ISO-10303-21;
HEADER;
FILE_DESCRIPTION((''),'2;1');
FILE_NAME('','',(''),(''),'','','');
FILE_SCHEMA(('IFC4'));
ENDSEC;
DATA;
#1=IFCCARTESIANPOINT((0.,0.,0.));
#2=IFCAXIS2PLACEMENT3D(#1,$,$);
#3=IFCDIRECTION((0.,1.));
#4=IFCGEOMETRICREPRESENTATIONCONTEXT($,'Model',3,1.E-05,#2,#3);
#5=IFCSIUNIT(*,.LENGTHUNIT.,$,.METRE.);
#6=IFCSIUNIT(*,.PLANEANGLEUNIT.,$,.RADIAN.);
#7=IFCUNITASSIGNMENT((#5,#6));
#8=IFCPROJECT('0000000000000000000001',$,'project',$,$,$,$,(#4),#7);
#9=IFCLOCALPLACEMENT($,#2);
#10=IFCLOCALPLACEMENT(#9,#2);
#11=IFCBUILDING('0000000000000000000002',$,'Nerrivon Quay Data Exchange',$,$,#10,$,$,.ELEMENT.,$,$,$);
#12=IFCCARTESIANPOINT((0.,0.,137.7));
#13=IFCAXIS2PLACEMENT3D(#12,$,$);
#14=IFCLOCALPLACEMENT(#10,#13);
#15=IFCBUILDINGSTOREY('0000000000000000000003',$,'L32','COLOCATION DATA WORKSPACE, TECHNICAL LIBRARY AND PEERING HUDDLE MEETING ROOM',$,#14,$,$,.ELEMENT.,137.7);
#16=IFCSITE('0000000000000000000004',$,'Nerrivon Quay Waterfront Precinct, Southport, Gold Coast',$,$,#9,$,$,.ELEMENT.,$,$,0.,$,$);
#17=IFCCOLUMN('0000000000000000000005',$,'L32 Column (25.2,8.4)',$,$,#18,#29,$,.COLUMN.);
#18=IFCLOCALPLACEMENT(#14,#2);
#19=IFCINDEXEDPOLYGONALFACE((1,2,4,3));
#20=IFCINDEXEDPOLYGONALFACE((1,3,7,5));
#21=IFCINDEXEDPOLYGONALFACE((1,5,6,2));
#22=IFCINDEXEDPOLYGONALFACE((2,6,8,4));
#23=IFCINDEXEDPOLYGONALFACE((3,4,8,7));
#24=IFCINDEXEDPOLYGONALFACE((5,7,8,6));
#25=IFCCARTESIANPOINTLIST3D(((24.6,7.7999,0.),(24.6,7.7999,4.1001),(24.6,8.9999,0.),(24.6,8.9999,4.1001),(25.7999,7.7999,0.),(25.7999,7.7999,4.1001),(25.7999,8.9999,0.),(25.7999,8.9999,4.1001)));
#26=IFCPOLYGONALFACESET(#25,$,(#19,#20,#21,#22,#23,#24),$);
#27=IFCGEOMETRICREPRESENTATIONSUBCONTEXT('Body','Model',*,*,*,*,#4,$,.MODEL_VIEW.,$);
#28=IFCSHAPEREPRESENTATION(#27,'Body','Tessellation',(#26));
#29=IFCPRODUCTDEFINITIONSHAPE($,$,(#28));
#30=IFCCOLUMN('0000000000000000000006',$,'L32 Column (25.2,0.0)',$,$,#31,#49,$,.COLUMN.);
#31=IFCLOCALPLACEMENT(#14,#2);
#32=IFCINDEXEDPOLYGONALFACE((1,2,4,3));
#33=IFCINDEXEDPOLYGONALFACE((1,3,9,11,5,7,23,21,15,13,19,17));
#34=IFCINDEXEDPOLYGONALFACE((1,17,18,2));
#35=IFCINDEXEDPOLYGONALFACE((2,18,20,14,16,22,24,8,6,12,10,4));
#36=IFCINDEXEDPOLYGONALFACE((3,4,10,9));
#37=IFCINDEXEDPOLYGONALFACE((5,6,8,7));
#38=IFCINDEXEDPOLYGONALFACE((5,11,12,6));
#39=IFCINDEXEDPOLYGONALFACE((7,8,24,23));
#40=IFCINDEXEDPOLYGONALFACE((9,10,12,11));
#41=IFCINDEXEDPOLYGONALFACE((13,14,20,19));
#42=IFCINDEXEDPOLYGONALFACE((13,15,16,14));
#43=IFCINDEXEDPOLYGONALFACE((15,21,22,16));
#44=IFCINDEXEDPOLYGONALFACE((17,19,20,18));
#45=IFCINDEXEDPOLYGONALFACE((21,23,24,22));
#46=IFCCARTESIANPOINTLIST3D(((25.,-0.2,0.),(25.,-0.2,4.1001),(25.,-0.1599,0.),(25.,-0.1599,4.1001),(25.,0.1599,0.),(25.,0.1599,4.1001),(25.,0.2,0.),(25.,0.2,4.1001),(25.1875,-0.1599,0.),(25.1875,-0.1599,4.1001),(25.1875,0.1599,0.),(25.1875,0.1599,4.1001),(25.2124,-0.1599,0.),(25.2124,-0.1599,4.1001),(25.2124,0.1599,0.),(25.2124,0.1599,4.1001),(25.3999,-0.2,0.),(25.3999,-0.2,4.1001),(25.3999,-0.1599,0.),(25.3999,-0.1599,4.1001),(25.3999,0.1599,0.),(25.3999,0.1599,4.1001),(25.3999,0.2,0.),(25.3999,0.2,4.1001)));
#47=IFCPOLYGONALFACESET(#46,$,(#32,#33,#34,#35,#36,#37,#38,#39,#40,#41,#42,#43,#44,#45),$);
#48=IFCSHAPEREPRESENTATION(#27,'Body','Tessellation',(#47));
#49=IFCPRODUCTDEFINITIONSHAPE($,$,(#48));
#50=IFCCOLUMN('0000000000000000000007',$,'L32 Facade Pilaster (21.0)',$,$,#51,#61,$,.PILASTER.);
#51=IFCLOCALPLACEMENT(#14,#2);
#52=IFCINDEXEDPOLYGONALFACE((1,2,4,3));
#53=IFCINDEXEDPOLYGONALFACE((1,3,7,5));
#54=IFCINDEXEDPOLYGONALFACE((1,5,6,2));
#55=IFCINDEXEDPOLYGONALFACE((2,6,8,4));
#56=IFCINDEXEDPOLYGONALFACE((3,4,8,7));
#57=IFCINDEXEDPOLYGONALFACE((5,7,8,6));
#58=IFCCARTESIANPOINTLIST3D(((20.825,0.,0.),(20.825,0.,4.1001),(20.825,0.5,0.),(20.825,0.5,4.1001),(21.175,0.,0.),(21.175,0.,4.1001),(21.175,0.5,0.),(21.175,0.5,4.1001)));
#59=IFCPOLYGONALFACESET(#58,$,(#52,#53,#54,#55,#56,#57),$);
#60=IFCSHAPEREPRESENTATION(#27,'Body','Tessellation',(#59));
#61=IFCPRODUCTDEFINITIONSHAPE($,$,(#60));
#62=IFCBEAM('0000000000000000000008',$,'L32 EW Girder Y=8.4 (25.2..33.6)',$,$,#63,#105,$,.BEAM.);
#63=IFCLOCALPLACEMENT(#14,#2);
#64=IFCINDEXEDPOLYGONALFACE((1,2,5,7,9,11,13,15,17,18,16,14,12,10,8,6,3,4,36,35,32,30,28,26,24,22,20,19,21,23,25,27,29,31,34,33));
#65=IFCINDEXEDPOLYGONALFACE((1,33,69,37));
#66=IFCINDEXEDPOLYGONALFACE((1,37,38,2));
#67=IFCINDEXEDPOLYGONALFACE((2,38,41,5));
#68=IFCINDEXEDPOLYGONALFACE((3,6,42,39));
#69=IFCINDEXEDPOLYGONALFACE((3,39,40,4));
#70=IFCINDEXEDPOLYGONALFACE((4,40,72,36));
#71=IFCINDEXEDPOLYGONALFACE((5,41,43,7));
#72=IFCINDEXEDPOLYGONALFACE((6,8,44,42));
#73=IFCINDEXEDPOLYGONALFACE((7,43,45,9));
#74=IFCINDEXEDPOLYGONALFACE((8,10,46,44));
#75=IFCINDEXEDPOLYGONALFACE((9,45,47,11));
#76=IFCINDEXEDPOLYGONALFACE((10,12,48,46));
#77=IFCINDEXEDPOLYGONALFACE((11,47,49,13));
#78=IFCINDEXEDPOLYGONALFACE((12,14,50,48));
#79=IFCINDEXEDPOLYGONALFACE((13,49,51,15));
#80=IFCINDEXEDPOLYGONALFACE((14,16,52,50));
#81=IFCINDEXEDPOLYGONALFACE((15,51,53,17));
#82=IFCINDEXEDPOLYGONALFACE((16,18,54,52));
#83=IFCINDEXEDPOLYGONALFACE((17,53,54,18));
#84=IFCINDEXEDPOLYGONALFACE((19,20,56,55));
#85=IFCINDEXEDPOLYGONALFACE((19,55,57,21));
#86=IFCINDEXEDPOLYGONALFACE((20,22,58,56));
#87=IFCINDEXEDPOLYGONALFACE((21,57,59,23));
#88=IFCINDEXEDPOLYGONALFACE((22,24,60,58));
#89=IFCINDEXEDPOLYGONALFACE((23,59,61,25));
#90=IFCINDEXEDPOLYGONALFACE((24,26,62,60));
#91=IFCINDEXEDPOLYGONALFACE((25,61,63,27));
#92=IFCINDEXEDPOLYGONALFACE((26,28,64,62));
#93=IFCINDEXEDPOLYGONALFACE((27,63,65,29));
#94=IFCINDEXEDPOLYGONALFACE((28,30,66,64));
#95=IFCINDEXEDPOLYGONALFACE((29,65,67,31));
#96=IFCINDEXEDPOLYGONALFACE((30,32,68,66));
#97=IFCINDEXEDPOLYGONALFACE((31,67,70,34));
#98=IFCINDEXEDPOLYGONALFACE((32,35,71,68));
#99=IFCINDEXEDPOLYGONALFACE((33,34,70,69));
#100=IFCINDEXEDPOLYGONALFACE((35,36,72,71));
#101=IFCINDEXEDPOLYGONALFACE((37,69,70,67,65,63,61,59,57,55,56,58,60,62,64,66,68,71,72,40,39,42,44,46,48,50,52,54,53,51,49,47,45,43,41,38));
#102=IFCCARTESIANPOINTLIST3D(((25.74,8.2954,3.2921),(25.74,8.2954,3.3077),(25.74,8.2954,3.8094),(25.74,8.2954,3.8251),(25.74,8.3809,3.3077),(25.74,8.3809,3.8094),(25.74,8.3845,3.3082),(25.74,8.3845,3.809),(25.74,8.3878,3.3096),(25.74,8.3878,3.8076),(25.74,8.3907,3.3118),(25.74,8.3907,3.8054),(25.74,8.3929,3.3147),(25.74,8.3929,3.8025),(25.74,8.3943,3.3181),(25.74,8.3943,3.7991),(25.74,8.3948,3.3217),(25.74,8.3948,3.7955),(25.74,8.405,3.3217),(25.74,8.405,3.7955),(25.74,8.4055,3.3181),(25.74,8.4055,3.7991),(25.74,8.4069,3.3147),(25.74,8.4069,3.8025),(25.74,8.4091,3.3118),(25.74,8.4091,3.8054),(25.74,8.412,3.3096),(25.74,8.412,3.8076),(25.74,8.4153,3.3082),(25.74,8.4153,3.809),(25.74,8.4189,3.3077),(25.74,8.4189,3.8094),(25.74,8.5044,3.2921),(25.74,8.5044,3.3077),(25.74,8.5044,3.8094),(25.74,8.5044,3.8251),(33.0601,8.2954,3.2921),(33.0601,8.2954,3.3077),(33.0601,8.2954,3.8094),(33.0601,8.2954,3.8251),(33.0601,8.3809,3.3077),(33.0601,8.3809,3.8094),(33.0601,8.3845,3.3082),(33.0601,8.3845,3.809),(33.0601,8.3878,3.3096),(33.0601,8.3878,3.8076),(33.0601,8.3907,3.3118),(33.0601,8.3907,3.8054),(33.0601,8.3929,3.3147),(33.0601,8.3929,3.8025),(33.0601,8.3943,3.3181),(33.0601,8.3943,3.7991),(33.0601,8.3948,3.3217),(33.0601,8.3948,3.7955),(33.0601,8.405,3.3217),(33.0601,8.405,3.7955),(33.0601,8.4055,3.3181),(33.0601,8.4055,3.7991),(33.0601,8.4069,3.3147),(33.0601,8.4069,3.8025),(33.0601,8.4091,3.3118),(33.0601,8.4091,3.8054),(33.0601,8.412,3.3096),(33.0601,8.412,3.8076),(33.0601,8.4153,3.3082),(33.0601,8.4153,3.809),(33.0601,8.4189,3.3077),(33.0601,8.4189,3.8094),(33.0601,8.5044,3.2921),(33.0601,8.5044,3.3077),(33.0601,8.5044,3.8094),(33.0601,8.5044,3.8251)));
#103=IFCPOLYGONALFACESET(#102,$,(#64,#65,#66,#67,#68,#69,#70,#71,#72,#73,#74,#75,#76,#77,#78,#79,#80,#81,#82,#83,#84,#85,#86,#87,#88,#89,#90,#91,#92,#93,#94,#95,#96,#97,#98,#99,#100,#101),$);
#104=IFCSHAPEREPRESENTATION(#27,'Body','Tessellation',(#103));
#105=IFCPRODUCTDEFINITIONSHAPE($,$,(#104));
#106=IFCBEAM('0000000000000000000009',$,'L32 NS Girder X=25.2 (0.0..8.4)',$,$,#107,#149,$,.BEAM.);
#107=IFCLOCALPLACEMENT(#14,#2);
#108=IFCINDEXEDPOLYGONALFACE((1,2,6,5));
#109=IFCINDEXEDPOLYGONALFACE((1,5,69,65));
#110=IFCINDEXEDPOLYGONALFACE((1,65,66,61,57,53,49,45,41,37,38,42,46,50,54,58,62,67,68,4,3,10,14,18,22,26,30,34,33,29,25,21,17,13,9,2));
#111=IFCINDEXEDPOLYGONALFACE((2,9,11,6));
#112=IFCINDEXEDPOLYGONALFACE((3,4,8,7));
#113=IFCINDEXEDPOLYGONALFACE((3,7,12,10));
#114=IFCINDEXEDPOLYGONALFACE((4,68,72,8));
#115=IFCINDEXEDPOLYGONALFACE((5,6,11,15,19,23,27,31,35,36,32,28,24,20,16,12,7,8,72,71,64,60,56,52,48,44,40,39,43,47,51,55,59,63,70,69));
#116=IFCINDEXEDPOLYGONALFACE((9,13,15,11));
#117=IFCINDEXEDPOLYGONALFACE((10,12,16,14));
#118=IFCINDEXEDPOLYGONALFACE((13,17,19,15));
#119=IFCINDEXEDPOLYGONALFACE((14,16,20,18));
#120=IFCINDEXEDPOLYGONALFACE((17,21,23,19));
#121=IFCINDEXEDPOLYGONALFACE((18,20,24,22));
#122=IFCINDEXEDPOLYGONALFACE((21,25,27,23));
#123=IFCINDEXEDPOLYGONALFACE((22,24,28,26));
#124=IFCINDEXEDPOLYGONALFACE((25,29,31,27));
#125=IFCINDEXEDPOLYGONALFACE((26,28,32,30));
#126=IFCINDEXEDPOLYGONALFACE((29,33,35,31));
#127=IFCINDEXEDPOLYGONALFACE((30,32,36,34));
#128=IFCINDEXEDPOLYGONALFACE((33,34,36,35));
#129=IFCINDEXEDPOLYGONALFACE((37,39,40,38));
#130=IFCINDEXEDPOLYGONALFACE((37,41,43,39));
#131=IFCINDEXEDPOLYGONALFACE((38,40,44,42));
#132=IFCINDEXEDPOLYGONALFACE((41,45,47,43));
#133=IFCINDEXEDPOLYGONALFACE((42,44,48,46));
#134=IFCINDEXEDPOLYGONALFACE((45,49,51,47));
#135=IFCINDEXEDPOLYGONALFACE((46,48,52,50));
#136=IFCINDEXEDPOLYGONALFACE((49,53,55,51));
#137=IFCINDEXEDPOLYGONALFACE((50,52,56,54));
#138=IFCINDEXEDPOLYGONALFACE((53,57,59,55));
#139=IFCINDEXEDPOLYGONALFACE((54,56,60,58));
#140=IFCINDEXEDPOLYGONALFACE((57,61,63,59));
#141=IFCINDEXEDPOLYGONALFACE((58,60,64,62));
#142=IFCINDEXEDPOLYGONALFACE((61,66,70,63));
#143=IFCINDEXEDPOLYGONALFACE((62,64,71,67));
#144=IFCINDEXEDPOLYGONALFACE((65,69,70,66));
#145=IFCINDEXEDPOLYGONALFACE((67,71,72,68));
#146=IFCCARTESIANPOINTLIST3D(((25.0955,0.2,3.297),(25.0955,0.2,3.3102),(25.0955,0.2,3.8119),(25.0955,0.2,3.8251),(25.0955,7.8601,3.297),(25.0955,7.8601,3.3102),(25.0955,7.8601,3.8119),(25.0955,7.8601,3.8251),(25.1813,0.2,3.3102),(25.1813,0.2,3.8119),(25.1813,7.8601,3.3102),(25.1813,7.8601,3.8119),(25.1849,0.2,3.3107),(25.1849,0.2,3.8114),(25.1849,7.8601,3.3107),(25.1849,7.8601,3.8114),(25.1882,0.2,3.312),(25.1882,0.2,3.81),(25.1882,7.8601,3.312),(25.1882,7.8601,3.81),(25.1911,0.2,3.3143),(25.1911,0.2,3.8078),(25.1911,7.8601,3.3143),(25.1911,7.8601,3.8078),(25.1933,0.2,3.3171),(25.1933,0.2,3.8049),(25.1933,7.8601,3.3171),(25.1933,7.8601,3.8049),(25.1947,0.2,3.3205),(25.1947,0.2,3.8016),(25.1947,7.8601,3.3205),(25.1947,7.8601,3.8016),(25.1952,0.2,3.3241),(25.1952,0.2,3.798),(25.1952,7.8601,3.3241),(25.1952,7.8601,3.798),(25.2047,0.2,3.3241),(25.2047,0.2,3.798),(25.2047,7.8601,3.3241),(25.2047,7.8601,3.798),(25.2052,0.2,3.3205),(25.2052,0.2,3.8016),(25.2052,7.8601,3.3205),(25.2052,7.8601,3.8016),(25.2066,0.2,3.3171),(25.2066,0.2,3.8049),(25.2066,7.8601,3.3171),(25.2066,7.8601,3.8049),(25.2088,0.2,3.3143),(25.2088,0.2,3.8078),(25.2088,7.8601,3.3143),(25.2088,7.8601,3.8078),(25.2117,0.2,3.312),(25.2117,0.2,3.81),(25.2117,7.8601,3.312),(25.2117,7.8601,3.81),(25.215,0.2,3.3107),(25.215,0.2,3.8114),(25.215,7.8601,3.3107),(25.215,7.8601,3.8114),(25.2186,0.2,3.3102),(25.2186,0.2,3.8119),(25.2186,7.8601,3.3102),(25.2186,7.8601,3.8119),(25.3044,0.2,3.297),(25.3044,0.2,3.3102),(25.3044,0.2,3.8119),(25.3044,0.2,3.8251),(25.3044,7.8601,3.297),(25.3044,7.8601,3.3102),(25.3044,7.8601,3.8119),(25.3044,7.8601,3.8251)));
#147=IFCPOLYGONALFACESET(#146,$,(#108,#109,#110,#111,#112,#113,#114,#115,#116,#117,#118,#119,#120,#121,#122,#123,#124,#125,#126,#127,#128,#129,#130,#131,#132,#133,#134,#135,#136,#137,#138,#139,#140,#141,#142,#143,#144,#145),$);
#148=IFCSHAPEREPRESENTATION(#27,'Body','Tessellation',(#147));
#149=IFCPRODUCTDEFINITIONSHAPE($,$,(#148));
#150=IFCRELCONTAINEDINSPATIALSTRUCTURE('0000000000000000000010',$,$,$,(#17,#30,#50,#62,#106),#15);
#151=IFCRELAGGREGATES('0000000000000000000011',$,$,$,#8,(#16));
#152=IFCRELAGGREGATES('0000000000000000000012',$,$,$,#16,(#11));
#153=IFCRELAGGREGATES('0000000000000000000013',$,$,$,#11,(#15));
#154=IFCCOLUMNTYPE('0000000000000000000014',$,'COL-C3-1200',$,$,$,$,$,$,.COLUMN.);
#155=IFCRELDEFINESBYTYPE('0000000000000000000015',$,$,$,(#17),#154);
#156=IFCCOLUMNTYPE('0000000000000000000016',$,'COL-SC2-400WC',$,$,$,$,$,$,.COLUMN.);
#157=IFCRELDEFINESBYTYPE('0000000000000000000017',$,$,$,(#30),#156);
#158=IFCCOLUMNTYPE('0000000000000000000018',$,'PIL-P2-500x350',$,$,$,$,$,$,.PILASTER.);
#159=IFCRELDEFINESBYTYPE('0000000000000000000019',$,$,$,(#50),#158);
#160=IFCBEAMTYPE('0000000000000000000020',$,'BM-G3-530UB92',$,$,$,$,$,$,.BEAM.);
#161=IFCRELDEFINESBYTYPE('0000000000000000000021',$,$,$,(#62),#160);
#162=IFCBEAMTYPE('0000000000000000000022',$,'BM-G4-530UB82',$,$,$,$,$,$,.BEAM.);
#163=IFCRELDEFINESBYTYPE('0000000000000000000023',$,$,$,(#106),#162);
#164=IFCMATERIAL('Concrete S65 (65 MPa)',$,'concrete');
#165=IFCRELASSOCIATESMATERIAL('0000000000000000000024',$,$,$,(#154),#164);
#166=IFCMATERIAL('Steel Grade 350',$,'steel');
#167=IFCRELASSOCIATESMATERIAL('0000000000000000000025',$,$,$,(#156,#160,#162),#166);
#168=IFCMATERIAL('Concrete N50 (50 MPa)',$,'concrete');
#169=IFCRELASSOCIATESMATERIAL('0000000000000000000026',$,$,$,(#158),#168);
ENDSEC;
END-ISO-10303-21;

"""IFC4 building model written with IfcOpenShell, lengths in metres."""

from ifc_helpers import new_model, si_unit, direction, frame, origin, origin_2d, place, context, subcontext, project, spatial, rectangle, i_section, extrude, material, material_profile, profile_set, type_object, element, save


model = new_model("IFC4")

# Units and contexts
model_context = context("Model", 3, precision=1e-05, world=origin(), true_north=direction((0.0, 1.0)))
body_context = subcontext(model_context, "Body", "Model", "MODEL_VIEW")
ifc_project = project(units=[si_unit("LENGTHUNIT", "METRE"), si_unit("PLANEANGLEUNIT", "RADIAN")], contexts=[model_context])

# Site, building, storey
site_placement = place(None, origin())
site = spatial("IfcSite", under=ifc_project, at=site_placement, Name="Nerrivon Quay Waterfront Precinct, Southport, Gold Coast", CompositionType="ELEMENT", RefElevation=0.0)
building_placement = place(site_placement, origin())
building = spatial("IfcBuilding", under=site, at=building_placement, Name="Nerrivon Quay Data Exchange", CompositionType="ELEMENT")
storey_placement = place(building_placement, frame((0.0, 0.0, 137.7)))
storey = spatial("IfcBuildingStorey", under=building, at=storey_placement, Name="L32", Description="COLOCATION DATA WORKSPACE, TECHNICAL LIBRARY AND PEERING HUDDLE MEETING ROOM", CompositionType="ELEMENT", Elevation=137.7)

# Columns
ifc_material_1 = material(Name="Concrete S65 (65 MPa)", Category="concrete")
ifc_material_profile_1 = material_profile(ifc_material_1, rectangle(XDim=1.2, YDim=1.2, at=origin_2d()), Name="RC-COL-1200x1200")
ifc_profile_set_1 = profile_set([ifc_material_profile_1], Name="Concrete S65 (65 MPa)")
column_type_1 = type_object("IfcColumnType", Name="COL-C3-1200", PredefinedType="COLUMN", material=ifc_profile_set_1)
column_1_placement = place(storey_placement, frame((25.2, 8.3999, 0.0), z_axis=(0.0, 0.0, 1.0), x_axis=(1.0, 0.0, 0.0)))
element("IfcColumn", 1, at=column_1_placement, inside=storey, type_object=column_type_1, Name="L32 Column (25.2,8.4)", PredefinedType="COLUMN", context=body_context, shape_type="SweptSolid", body=[
    extrude(rectangle(XDim=1.2, YDim=1.2, at=origin_2d()), origin(), (0.0, 0.0, 1.0), 4.1001),
])
ifc_material_2 = material(Name="Steel Grade 350", Category="steel")
ifc_material_profile_2 = material_profile(ifc_material_2, i_section(OverallWidth=0.3999, OverallDepth=0.3999, WebThickness=0.0249, FlangeThickness=0.04, at=origin_2d()), Name="400WC328")
ifc_profile_set_2 = profile_set([ifc_material_profile_2], Name="Steel Grade 350")
column_type_2 = type_object("IfcColumnType", Name="COL-SC2-400WC", PredefinedType="COLUMN", material=ifc_profile_set_2)
column_2_placement = place(storey_placement, frame((25.2, 0.0, 0.0), z_axis=(0.0, 0.0, 1.0), x_axis=(1.0, 0.0, 0.0)))
element("IfcColumn", 2, at=column_2_placement, inside=storey, type_object=column_type_2, Name="L32 Column (25.2,0.0)", PredefinedType="COLUMN", context=body_context, shape_type="SweptSolid", body=[
    extrude(i_section(OverallWidth=0.3999, OverallDepth=0.3999, WebThickness=0.0249, FlangeThickness=0.04, at=origin_2d()), origin(), (0.0, 0.0, 1.0), 4.1001),
])
ifc_material_3 = material(Name="Concrete N50 (50 MPa)", Category="concrete")
ifc_material_profile_3 = material_profile(ifc_material_3, rectangle(XDim=0.3501, YDim=0.5, at=origin_2d()), Name="RC-PIL-500x350")
ifc_profile_set_3 = profile_set([ifc_material_profile_3], Name="Concrete N50 (50 MPa)")
column_type_3 = type_object("IfcColumnType", Name="PIL-P2-500x350", PredefinedType="PILASTER", material=ifc_profile_set_3)
column_3_placement = place(storey_placement, frame((21.0, 0.25, 0.0), z_axis=(0.0, 0.0, 1.0), x_axis=(1.0, 0.0, 0.0)))
element("IfcColumn", 3, at=column_3_placement, inside=storey, type_object=column_type_3, Name="L32 Facade Pilaster (21.0)", PredefinedType="PILASTER", context=body_context, shape_type="SweptSolid", body=[
    extrude(rectangle(XDim=0.3501, YDim=0.5, at=origin_2d()), origin(), (0.0, 0.0, 1.0), 4.1001),
])

# Beams
ifc_material_profile_4 = material_profile(ifc_material_2, i_section(OverallWidth=0.209, OverallDepth=0.533, WebThickness=0.0103, FlangeThickness=0.0156, FilletRadius=0.0139, at=origin_2d()), Name="530UB92.4")
ifc_profile_set_4 = profile_set([ifc_material_profile_4], Name="Steel Grade 350")
beam_type_1 = type_object("IfcBeamType", Name="BM-G3-530UB92", PredefinedType="BEAM", material=ifc_profile_set_4)
beam_1_placement = place(storey_placement, frame((25.74, 8.3999, 3.5586), z_axis=(1.0, 0.0, 0.0), x_axis=(0.0, 1.0, 0.0)))
element("IfcBeam", 4, at=beam_1_placement, inside=storey, type_object=beam_type_1, Name="L32 EW Girder Y=8.4 (25.2..33.6)", PredefinedType="BEAM", context=body_context, shape_type="SweptSolid", body=[
    extrude(i_section(OverallWidth=0.209, OverallDepth=0.533, WebThickness=0.0103, FlangeThickness=0.0156, FilletRadius=0.0139, at=origin_2d()), origin(), (0.0, 0.0, 1.0), 7.3201),
])
ifc_material_profile_5 = material_profile(ifc_material_2, i_section(OverallWidth=0.209, OverallDepth=0.5281, WebThickness=0.0095, FlangeThickness=0.0132, FilletRadius=0.0139, at=origin_2d()), Name="530UB82.0")
ifc_profile_set_5 = profile_set([ifc_material_profile_5], Name="Steel Grade 350")
beam_type_2 = type_object("IfcBeamType", Name="BM-G4-530UB82", PredefinedType="BEAM", material=ifc_profile_set_5)
beam_2_placement = place(storey_placement, frame((25.2, 0.2, 3.561), z_axis=(0.0, 1.0, 0.0), x_axis=(-1.0, 0.0, 0.0)))
element("IfcBeam", 5, at=beam_2_placement, inside=storey, type_object=beam_type_2, Name="L32 NS Girder X=25.2 (0.0..8.4)", PredefinedType="BEAM", context=body_context, shape_type="SweptSolid", body=[
    extrude(i_section(OverallWidth=0.209, OverallDepth=0.5281, WebThickness=0.0095, FlangeThickness=0.0132, FilletRadius=0.0139, at=origin_2d()), origin(), (0.0, 0.0, 1.0), 7.6602),
])

save(model, "model.ifc")
